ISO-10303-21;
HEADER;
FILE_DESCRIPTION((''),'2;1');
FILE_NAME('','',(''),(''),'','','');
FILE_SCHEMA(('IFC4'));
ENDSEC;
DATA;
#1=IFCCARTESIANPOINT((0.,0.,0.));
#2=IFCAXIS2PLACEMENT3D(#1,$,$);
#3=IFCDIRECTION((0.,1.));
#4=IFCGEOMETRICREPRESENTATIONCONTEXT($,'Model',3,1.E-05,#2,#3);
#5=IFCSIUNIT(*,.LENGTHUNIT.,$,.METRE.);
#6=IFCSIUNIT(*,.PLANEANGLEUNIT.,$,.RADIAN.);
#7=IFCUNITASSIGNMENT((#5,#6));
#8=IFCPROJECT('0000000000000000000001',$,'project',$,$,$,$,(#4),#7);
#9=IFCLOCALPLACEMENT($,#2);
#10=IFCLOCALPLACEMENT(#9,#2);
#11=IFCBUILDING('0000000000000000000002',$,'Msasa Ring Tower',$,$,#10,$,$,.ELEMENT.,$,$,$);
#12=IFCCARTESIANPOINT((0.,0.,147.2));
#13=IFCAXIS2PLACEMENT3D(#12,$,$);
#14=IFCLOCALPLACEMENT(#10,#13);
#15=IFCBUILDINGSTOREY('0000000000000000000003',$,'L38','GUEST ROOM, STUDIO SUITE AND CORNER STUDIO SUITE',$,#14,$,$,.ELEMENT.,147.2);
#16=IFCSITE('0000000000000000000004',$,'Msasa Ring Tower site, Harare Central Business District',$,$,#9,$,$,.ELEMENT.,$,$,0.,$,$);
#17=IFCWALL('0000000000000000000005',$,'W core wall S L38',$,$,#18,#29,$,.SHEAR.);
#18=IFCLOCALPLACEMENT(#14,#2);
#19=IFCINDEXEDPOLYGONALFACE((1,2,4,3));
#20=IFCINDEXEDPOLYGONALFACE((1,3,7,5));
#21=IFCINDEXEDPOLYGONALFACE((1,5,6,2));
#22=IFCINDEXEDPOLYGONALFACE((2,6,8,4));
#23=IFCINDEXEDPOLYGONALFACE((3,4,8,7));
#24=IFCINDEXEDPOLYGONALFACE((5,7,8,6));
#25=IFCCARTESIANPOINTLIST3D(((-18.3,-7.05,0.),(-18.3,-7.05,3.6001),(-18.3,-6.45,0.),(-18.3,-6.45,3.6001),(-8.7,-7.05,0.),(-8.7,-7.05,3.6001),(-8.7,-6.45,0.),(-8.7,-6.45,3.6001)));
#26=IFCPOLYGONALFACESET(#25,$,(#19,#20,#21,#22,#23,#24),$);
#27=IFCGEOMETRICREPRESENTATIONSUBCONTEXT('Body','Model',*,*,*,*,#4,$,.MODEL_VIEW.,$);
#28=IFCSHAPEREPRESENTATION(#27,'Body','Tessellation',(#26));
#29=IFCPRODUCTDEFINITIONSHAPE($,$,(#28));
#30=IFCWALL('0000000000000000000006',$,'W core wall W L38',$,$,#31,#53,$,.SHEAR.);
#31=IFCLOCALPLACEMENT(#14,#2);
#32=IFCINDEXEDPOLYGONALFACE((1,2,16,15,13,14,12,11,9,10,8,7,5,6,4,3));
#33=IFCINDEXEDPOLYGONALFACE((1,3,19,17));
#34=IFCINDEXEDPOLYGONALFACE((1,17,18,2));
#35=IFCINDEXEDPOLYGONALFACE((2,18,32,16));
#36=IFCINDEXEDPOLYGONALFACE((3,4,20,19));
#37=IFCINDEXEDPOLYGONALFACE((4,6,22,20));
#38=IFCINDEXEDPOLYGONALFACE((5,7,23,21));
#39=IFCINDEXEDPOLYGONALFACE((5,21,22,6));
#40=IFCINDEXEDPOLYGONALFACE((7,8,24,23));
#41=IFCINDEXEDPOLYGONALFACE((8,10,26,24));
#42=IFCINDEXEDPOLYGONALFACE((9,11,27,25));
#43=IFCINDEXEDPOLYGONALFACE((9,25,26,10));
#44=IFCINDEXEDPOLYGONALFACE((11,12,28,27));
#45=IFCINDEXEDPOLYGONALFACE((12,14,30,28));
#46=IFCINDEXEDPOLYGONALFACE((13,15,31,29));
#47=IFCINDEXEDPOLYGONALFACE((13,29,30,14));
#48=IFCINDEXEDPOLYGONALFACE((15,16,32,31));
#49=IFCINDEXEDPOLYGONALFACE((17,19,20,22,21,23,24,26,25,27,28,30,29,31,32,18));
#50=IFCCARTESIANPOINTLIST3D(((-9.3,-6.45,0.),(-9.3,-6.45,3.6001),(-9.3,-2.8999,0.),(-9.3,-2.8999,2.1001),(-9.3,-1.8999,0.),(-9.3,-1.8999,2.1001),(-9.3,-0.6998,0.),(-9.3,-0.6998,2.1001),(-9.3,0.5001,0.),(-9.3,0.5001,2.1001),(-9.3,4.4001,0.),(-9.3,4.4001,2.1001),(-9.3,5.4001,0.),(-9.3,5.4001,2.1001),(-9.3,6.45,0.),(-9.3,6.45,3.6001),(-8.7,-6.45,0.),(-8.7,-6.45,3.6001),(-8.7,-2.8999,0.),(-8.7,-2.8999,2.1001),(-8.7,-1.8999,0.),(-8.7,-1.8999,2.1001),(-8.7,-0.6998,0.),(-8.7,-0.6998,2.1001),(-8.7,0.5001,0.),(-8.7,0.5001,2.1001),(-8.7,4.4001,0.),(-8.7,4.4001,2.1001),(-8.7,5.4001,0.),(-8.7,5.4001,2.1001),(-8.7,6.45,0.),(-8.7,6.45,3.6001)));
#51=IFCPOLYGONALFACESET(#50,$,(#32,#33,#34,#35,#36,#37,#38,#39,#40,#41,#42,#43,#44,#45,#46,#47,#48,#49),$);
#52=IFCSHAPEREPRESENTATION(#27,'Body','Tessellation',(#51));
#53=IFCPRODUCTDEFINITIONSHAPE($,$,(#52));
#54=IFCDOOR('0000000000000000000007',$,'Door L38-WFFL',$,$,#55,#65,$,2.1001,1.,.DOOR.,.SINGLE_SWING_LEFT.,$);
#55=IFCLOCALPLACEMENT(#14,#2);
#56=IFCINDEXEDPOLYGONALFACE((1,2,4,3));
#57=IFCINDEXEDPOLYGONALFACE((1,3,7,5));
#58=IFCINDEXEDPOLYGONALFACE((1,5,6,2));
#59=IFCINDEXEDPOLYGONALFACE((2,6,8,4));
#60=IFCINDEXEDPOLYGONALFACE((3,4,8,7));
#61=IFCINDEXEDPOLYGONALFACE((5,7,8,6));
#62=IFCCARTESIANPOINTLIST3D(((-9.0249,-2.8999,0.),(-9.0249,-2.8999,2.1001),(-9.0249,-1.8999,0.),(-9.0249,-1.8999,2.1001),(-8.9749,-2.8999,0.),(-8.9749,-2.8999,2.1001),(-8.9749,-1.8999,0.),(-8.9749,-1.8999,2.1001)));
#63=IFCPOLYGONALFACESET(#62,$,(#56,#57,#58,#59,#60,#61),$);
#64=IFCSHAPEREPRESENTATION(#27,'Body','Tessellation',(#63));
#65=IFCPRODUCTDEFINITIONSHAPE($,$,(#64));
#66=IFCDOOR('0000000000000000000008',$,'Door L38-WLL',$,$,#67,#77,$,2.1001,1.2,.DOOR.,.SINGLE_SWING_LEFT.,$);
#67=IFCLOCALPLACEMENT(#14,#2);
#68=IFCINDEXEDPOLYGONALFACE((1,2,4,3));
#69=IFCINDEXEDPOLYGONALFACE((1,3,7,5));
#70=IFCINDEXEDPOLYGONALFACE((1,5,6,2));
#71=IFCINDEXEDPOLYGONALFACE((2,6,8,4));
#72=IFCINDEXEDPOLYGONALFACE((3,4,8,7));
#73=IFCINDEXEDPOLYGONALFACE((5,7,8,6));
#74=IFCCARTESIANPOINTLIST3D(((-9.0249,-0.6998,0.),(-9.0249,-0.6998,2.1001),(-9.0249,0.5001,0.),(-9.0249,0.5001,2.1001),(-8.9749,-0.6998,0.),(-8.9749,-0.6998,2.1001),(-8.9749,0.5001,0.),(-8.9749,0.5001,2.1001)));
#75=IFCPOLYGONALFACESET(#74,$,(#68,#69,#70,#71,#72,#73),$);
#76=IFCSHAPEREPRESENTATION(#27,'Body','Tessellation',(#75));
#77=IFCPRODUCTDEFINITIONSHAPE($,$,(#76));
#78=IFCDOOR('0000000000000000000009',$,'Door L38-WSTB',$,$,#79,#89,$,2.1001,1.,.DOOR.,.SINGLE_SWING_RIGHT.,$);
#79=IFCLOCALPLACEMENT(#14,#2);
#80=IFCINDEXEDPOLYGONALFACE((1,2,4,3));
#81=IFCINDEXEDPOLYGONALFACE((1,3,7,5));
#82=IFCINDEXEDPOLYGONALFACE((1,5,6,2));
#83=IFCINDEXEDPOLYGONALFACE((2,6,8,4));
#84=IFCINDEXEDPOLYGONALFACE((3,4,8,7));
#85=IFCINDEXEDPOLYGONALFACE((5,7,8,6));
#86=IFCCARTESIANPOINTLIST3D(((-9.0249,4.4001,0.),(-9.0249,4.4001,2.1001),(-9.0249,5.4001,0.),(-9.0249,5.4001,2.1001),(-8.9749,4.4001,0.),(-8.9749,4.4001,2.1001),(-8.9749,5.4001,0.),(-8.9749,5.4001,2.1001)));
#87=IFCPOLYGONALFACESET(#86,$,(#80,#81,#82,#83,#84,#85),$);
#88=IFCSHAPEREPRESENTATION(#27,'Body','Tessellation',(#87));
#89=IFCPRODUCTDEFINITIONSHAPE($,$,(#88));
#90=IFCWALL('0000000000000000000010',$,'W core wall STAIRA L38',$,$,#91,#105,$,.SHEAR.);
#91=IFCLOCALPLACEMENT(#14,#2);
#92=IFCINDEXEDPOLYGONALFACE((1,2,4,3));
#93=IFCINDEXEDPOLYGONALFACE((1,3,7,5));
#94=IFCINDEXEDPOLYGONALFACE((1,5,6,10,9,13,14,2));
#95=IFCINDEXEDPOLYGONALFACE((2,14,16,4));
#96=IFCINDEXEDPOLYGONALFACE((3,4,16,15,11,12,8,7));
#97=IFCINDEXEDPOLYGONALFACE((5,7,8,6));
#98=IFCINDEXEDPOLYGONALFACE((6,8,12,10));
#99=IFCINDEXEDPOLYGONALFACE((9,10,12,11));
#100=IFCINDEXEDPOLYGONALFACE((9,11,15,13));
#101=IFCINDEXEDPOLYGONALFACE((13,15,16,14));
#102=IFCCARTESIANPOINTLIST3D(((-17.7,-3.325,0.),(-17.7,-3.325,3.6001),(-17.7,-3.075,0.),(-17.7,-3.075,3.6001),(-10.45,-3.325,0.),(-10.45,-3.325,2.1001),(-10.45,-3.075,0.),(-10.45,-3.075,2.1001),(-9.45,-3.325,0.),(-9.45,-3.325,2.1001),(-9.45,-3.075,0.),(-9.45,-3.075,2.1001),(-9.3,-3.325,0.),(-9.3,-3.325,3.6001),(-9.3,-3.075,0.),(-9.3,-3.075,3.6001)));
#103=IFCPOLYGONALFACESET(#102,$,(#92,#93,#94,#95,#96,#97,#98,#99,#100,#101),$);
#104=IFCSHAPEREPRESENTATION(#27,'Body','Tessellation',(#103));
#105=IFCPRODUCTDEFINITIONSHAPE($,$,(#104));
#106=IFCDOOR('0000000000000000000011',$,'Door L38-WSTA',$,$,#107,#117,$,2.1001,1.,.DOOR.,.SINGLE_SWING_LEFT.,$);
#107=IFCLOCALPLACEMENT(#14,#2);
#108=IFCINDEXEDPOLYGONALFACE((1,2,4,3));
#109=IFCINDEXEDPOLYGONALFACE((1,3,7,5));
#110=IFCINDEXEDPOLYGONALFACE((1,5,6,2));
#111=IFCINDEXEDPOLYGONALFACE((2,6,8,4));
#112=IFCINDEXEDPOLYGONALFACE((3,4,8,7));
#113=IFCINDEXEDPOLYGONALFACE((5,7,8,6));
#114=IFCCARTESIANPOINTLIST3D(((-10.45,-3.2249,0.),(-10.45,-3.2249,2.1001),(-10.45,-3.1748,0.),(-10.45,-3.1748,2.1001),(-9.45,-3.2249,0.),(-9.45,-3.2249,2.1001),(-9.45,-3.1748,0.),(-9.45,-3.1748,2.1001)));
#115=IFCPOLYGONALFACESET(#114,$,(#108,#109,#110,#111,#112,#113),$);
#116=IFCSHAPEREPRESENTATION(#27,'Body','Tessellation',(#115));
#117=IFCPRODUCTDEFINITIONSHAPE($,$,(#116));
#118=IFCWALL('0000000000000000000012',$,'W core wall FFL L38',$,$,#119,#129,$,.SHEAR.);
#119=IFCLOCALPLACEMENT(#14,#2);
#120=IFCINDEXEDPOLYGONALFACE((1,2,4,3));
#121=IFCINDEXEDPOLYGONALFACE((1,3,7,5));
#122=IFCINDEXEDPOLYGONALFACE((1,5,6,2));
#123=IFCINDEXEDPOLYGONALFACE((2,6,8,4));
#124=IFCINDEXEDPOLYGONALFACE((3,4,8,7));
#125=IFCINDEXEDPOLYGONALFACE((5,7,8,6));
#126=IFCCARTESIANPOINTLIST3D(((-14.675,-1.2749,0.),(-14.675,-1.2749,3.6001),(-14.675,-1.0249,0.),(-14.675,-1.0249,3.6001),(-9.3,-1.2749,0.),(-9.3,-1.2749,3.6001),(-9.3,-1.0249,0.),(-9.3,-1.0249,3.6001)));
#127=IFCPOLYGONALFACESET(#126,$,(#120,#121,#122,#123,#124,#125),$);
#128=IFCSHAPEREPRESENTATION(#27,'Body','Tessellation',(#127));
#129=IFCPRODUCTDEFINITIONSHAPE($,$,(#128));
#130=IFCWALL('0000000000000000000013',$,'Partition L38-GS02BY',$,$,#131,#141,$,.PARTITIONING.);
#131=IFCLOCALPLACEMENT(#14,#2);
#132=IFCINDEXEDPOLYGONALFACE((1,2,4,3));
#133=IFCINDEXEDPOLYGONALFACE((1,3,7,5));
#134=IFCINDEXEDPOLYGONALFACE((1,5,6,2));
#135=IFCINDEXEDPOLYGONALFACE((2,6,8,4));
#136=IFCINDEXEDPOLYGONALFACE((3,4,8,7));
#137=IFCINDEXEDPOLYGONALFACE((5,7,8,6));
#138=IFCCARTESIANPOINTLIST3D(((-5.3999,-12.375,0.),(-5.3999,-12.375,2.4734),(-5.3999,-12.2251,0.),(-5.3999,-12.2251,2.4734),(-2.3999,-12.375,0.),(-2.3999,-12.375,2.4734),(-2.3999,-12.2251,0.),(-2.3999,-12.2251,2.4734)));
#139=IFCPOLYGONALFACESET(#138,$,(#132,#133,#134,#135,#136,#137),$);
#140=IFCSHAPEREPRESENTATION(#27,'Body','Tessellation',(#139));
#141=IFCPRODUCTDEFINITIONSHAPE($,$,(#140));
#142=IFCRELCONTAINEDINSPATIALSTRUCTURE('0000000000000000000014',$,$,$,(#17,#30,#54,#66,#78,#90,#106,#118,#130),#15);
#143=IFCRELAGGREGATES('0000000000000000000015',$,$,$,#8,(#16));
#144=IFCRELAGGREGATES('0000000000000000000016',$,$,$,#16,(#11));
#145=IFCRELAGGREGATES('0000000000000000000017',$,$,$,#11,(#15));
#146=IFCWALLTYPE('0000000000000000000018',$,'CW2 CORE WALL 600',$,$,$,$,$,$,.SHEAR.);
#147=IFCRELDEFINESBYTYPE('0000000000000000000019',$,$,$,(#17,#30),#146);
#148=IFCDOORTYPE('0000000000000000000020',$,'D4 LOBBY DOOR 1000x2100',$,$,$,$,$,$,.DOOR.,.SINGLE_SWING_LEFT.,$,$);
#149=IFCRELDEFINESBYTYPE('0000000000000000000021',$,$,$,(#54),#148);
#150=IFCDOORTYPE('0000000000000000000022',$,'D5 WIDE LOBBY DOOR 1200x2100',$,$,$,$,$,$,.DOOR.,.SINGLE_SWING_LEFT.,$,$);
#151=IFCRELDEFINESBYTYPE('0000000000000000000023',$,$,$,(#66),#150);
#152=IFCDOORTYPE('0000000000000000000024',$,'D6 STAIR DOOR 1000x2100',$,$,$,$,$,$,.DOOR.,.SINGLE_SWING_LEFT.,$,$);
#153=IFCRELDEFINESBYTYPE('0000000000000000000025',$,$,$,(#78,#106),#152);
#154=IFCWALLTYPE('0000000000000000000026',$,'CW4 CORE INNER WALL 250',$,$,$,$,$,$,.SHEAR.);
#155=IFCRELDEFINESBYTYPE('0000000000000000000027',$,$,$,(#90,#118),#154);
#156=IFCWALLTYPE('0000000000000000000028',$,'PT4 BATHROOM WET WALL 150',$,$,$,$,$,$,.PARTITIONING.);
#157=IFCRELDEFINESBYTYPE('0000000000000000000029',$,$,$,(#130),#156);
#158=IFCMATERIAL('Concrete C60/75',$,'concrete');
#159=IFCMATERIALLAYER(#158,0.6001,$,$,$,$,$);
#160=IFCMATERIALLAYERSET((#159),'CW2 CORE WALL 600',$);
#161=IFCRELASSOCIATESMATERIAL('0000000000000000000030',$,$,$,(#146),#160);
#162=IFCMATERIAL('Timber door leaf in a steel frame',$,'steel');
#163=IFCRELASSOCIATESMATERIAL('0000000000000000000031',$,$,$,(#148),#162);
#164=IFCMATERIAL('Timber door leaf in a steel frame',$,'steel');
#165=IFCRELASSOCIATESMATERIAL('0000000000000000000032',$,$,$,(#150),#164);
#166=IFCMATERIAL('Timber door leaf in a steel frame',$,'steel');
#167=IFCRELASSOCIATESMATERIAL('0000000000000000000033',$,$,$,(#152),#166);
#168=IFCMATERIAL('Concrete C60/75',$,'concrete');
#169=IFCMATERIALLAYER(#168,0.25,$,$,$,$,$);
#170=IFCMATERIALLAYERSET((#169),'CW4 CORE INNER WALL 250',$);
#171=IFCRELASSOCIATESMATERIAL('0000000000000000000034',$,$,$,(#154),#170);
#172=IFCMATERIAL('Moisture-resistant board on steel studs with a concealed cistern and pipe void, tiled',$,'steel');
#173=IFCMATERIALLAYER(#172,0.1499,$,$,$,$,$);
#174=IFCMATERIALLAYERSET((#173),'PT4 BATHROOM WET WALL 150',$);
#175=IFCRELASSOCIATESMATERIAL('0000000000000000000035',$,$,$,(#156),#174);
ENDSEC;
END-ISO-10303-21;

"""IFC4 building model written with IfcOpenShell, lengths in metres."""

from ifc_helpers import new_model, si_unit, direction, frame, frame_2d, origin, place, context, subcontext, project, spatial, rectangle, extrude, material, layer, layer_set, type_object, element, fill, save


model = new_model("IFC4")

# Units and contexts
model_context = context("Model", 3, precision=1e-05, world=origin(), true_north=direction((0.0, 1.0)))
body_context = subcontext(model_context, "Body", "Model", "MODEL_VIEW")
ifc_project = project(units=[si_unit("LENGTHUNIT", "METRE"), si_unit("PLANEANGLEUNIT", "RADIAN")], contexts=[model_context])

# Site, building, storey
site_placement = place(None, origin())
site = spatial("IfcSite", under=ifc_project, at=site_placement, Name="Msasa Ring Tower site, Harare Central Business District", CompositionType="ELEMENT", RefElevation=0.0)
building_placement = place(site_placement, origin())
building = spatial("IfcBuilding", under=site, at=building_placement, Name="Msasa Ring Tower", CompositionType="ELEMENT")
storey_placement = place(building_placement, frame((0.0, 0.0, 147.2)))
storey = spatial("IfcBuildingStorey", under=building, at=storey_placement, Name="L38", Description="GUEST ROOM, STUDIO SUITE AND CORNER STUDIO SUITE", CompositionType="ELEMENT", Elevation=147.2)

# Wall
ifc_material_1 = material(Name="Concrete C60/75", Category="concrete")
ifc_layer_1 = layer(ifc_material_1, 0.6001)
ifc_layer_set_1 = layer_set([ifc_layer_1], Name="CW2 CORE WALL 600")
wall_type_1 = type_object("IfcWallType", Name="CW2 CORE WALL 600", PredefinedType="SHEAR", material=ifc_layer_set_1)
wall_1_placement = place(storey_placement, frame((-8.7, -6.75, 0.0), z_axis=(0.0, 0.0, 1.0), x_axis=(-1.0, 0.0, 0.0)))
element("IfcWall", 1, at=wall_1_placement, inside=storey, type_object=wall_type_1, Name="W core wall S L38", PredefinedType="SHEAR", context=body_context, shape_type="SweptSolid", body=[
    extrude(rectangle(XDim=9.6001, YDim=0.6001, at=frame_2d((4.8, 0.0))), origin(), (0.0, 0.0, 1.0), 3.6001),
])

# Wall, openings, doors
wall_2_placement = place(storey_placement, frame((-9.0, -6.45, 0.0), z_axis=(0.0, 0.0, 1.0), x_axis=(0.0, 1.0, 0.0)))
wall_2 = element("IfcWall", 2, at=wall_2_placement, inside=storey, type_object=wall_type_1, Name="W core wall W L38", PredefinedType="SHEAR", context=body_context, shape_type="SweptSolid", body=[
    extrude(rectangle(XDim=12.8999, YDim=0.6001, at=frame_2d((6.45, 0.0))), origin(), (0.0, 0.0, 1.0), 3.6001),
])
opening_1_placement = place(wall_2_placement, frame((3.55, 0.0, 0.0)))
opening_1 = element("IfcOpeningElement", 3, at=opening_1_placement, cuts=wall_2, PredefinedType="OPENING", context=body_context, shape_type="SweptSolid", body=[
    extrude(rectangle(XDim=1.0, YDim=2.1001, at=frame_2d((0.5, 1.05))), frame((0.0, 0.3101, 0.0), z_axis=(0.0, -1.0, 0.0), x_axis=(1.0, 0.0, 0.0)), (0.0, 0.0, 1.0), 0.6201),
])
opening_2_placement = place(wall_2_placement, frame((5.75, 0.0, 0.0)))
opening_2 = element("IfcOpeningElement", 4, at=opening_2_placement, cuts=wall_2, PredefinedType="OPENING", context=body_context, shape_type="SweptSolid", body=[
    extrude(rectangle(XDim=1.2, YDim=2.1001, at=frame_2d((0.6001, 1.05))), frame((0.0, 0.3101, 0.0), z_axis=(0.0, -1.0, 0.0), x_axis=(1.0, 0.0, 0.0)), (0.0, 0.0, 1.0), 0.6201),
])
opening_3_placement = place(wall_2_placement, frame((10.8501, 0.0, 0.0)))
opening_3 = element("IfcOpeningElement", 5, at=opening_3_placement, cuts=wall_2, PredefinedType="OPENING", context=body_context, shape_type="SweptSolid", body=[
    extrude(rectangle(XDim=1.0, YDim=2.1001, at=frame_2d((0.5, 1.05))), frame((0.0, 0.3101, 0.0), z_axis=(0.0, -1.0, 0.0), x_axis=(1.0, 0.0, 0.0)), (0.0, 0.0, 1.0), 0.6201),
])
ifc_material_2 = material(Name="Timber door leaf in a steel frame", Category="steel")
door_type_1 = type_object("IfcDoorType", Name="D4 LOBBY DOOR 1000x2100", OperationType="SINGLE_SWING_LEFT", PredefinedType="DOOR", material=ifc_material_2)
door_1_placement = place(opening_1_placement, origin())
door_1 = element("IfcDoor", 6, at=door_1_placement, inside=storey, type_object=door_type_1, Name="Door L38-WFFL", OperationType="SINGLE_SWING_LEFT", OverallHeight=2.1001, OverallWidth=1.0, PredefinedType="DOOR", context=body_context, shape_type="SweptSolid", body=[
    extrude(rectangle(XDim=1.0, YDim=2.1001, at=frame_2d((0.5, 1.05))), frame((0.0, 0.0249, 0.0), z_axis=(0.0, -1.0, 0.0), x_axis=(1.0, 0.0, 0.0)), (0.0, 0.0, 1.0), 0.05),
])
fill(opening_1, door_1)
ifc_material_3 = material(Name="Timber door leaf in a steel frame", Category="steel")
door_type_2 = type_object("IfcDoorType", Name="D5 WIDE LOBBY DOOR 1200x2100", OperationType="SINGLE_SWING_LEFT", PredefinedType="DOOR", material=ifc_material_3)
door_2_placement = place(opening_2_placement, origin())
door_2 = element("IfcDoor", 7, at=door_2_placement, inside=storey, type_object=door_type_2, Name="Door L38-WLL", OperationType="SINGLE_SWING_LEFT", OverallHeight=2.1001, OverallWidth=1.2, PredefinedType="DOOR", context=body_context, shape_type="SweptSolid", body=[
    extrude(rectangle(XDim=1.2, YDim=2.1001, at=frame_2d((0.6001, 1.05))), frame((0.0, 0.0249, 0.0), z_axis=(0.0, -1.0, 0.0), x_axis=(1.0, 0.0, 0.0)), (0.0, 0.0, 1.0), 0.05),
])
fill(opening_2, door_2)
ifc_material_4 = material(Name="Timber door leaf in a steel frame", Category="steel")
door_type_3 = type_object("IfcDoorType", Name="D6 STAIR DOOR 1000x2100", OperationType="SINGLE_SWING_LEFT", PredefinedType="DOOR", material=ifc_material_4)
door_3_placement = place(opening_3_placement, origin())
door_3 = element("IfcDoor", 8, at=door_3_placement, inside=storey, type_object=door_type_3, Name="Door L38-WSTB", OperationType="SINGLE_SWING_RIGHT", OverallHeight=2.1001, OverallWidth=1.0, PredefinedType="DOOR", context=body_context, shape_type="SweptSolid", body=[
    extrude(rectangle(XDim=1.0, YDim=2.1001, at=frame_2d((0.5, 1.05))), frame((0.0, 0.0249, 0.0), z_axis=(0.0, -1.0, 0.0), x_axis=(1.0, 0.0, 0.0)), (0.0, 0.0, 1.0), 0.05),
])
fill(opening_3, door_3)

# Wall, opening, door
ifc_material_5 = material(Name="Concrete C60/75", Category="concrete")
ifc_layer_2 = layer(ifc_material_5, 0.25)
ifc_layer_set_2 = layer_set([ifc_layer_2], Name="CW4 CORE INNER WALL 250")
wall_type_2 = type_object("IfcWallType", Name="CW4 CORE INNER WALL 250", PredefinedType="SHEAR", material=ifc_layer_set_2)
wall_3_placement = place(storey_placement, frame((-9.3, -3.2, 0.0), z_axis=(0.0, 0.0, 1.0), x_axis=(-1.0, 0.0, 0.0)))
wall_3 = element("IfcWall", 9, at=wall_3_placement, inside=storey, type_object=wall_type_2, Name="W core wall STAIRA L38", PredefinedType="SHEAR", context=body_context, shape_type="SweptSolid", body=[
    extrude(rectangle(XDim=8.3999, YDim=0.25, at=frame_2d((4.2, 0.0))), origin(), (0.0, 0.0, 1.0), 3.6001),
])
opening_4_placement = place(wall_3_placement, frame((0.1499, 0.0, 0.0)))
opening_4 = element("IfcOpeningElement", 10, at=opening_4_placement, cuts=wall_3, PredefinedType="OPENING", context=body_context, shape_type="SweptSolid", body=[
    extrude(rectangle(XDim=1.0, YDim=2.1001, at=frame_2d((0.5, 1.05))), frame((0.0, 0.135, 0.0), z_axis=(0.0, -1.0, 0.0), x_axis=(1.0, 0.0, 0.0)), (0.0, 0.0, 1.0), 0.27),
])
door_4_placement = place(opening_4_placement, origin())
door_4 = element("IfcDoor", 11, at=door_4_placement, inside=storey, type_object=door_type_3, Name="Door L38-WSTA", OperationType="SINGLE_SWING_LEFT", OverallHeight=2.1001, OverallWidth=1.0, PredefinedType="DOOR", context=body_context, shape_type="SweptSolid", body=[
    extrude(rectangle(XDim=1.0, YDim=2.1001, at=frame_2d((0.5, 1.05))), frame((0.0, 0.0249, 0.0), z_axis=(0.0, -1.0, 0.0), x_axis=(1.0, 0.0, 0.0)), (0.0, 0.0, 1.0), 0.05),
])
fill(opening_4, door_4)

# Walls
wall_4_placement = place(storey_placement, frame((-9.3, -1.1499, 0.0), z_axis=(0.0, 0.0, 1.0), x_axis=(-1.0, 0.0, 0.0)))
element("IfcWall", 12, at=wall_4_placement, inside=storey, type_object=wall_type_2, Name="W core wall FFL L38", PredefinedType="SHEAR", context=body_context, shape_type="SweptSolid", body=[
    extrude(rectangle(XDim=5.375, YDim=0.25, at=frame_2d((2.6875, 0.0))), origin(), (0.0, 0.0, 1.0), 3.6001),
])
ifc_material_6 = material(Name="Moisture-resistant board on steel studs with a concealed cistern and pipe void, tiled", Category="steel")
ifc_layer_3 = layer(ifc_material_6, 0.1499)
ifc_layer_set_3 = layer_set([ifc_layer_3], Name="PT4 BATHROOM WET WALL 150")
wall_type_3 = type_object("IfcWallType", Name="PT4 BATHROOM WET WALL 150", PredefinedType="PARTITIONING", material=ifc_layer_set_3)
wall_5_placement = place(storey_placement, frame((-5.3999, -12.3, 0.0), z_axis=(0.0, 0.0, 1.0), x_axis=(1.0, 0.0, 0.0)))
element("IfcWall", 13, at=wall_5_placement, inside=storey, type_object=wall_type_3, Name="Partition L38-GS02BY", PredefinedType="PARTITIONING", context=body_context, shape_type="SweptSolid", body=[
    extrude(rectangle(XDim=3.0, YDim=0.1499, at=frame_2d((1.5, 0.0))), origin(), (0.0, 0.0, 1.0), 2.4734),
])

save(model, "model.ifc")
